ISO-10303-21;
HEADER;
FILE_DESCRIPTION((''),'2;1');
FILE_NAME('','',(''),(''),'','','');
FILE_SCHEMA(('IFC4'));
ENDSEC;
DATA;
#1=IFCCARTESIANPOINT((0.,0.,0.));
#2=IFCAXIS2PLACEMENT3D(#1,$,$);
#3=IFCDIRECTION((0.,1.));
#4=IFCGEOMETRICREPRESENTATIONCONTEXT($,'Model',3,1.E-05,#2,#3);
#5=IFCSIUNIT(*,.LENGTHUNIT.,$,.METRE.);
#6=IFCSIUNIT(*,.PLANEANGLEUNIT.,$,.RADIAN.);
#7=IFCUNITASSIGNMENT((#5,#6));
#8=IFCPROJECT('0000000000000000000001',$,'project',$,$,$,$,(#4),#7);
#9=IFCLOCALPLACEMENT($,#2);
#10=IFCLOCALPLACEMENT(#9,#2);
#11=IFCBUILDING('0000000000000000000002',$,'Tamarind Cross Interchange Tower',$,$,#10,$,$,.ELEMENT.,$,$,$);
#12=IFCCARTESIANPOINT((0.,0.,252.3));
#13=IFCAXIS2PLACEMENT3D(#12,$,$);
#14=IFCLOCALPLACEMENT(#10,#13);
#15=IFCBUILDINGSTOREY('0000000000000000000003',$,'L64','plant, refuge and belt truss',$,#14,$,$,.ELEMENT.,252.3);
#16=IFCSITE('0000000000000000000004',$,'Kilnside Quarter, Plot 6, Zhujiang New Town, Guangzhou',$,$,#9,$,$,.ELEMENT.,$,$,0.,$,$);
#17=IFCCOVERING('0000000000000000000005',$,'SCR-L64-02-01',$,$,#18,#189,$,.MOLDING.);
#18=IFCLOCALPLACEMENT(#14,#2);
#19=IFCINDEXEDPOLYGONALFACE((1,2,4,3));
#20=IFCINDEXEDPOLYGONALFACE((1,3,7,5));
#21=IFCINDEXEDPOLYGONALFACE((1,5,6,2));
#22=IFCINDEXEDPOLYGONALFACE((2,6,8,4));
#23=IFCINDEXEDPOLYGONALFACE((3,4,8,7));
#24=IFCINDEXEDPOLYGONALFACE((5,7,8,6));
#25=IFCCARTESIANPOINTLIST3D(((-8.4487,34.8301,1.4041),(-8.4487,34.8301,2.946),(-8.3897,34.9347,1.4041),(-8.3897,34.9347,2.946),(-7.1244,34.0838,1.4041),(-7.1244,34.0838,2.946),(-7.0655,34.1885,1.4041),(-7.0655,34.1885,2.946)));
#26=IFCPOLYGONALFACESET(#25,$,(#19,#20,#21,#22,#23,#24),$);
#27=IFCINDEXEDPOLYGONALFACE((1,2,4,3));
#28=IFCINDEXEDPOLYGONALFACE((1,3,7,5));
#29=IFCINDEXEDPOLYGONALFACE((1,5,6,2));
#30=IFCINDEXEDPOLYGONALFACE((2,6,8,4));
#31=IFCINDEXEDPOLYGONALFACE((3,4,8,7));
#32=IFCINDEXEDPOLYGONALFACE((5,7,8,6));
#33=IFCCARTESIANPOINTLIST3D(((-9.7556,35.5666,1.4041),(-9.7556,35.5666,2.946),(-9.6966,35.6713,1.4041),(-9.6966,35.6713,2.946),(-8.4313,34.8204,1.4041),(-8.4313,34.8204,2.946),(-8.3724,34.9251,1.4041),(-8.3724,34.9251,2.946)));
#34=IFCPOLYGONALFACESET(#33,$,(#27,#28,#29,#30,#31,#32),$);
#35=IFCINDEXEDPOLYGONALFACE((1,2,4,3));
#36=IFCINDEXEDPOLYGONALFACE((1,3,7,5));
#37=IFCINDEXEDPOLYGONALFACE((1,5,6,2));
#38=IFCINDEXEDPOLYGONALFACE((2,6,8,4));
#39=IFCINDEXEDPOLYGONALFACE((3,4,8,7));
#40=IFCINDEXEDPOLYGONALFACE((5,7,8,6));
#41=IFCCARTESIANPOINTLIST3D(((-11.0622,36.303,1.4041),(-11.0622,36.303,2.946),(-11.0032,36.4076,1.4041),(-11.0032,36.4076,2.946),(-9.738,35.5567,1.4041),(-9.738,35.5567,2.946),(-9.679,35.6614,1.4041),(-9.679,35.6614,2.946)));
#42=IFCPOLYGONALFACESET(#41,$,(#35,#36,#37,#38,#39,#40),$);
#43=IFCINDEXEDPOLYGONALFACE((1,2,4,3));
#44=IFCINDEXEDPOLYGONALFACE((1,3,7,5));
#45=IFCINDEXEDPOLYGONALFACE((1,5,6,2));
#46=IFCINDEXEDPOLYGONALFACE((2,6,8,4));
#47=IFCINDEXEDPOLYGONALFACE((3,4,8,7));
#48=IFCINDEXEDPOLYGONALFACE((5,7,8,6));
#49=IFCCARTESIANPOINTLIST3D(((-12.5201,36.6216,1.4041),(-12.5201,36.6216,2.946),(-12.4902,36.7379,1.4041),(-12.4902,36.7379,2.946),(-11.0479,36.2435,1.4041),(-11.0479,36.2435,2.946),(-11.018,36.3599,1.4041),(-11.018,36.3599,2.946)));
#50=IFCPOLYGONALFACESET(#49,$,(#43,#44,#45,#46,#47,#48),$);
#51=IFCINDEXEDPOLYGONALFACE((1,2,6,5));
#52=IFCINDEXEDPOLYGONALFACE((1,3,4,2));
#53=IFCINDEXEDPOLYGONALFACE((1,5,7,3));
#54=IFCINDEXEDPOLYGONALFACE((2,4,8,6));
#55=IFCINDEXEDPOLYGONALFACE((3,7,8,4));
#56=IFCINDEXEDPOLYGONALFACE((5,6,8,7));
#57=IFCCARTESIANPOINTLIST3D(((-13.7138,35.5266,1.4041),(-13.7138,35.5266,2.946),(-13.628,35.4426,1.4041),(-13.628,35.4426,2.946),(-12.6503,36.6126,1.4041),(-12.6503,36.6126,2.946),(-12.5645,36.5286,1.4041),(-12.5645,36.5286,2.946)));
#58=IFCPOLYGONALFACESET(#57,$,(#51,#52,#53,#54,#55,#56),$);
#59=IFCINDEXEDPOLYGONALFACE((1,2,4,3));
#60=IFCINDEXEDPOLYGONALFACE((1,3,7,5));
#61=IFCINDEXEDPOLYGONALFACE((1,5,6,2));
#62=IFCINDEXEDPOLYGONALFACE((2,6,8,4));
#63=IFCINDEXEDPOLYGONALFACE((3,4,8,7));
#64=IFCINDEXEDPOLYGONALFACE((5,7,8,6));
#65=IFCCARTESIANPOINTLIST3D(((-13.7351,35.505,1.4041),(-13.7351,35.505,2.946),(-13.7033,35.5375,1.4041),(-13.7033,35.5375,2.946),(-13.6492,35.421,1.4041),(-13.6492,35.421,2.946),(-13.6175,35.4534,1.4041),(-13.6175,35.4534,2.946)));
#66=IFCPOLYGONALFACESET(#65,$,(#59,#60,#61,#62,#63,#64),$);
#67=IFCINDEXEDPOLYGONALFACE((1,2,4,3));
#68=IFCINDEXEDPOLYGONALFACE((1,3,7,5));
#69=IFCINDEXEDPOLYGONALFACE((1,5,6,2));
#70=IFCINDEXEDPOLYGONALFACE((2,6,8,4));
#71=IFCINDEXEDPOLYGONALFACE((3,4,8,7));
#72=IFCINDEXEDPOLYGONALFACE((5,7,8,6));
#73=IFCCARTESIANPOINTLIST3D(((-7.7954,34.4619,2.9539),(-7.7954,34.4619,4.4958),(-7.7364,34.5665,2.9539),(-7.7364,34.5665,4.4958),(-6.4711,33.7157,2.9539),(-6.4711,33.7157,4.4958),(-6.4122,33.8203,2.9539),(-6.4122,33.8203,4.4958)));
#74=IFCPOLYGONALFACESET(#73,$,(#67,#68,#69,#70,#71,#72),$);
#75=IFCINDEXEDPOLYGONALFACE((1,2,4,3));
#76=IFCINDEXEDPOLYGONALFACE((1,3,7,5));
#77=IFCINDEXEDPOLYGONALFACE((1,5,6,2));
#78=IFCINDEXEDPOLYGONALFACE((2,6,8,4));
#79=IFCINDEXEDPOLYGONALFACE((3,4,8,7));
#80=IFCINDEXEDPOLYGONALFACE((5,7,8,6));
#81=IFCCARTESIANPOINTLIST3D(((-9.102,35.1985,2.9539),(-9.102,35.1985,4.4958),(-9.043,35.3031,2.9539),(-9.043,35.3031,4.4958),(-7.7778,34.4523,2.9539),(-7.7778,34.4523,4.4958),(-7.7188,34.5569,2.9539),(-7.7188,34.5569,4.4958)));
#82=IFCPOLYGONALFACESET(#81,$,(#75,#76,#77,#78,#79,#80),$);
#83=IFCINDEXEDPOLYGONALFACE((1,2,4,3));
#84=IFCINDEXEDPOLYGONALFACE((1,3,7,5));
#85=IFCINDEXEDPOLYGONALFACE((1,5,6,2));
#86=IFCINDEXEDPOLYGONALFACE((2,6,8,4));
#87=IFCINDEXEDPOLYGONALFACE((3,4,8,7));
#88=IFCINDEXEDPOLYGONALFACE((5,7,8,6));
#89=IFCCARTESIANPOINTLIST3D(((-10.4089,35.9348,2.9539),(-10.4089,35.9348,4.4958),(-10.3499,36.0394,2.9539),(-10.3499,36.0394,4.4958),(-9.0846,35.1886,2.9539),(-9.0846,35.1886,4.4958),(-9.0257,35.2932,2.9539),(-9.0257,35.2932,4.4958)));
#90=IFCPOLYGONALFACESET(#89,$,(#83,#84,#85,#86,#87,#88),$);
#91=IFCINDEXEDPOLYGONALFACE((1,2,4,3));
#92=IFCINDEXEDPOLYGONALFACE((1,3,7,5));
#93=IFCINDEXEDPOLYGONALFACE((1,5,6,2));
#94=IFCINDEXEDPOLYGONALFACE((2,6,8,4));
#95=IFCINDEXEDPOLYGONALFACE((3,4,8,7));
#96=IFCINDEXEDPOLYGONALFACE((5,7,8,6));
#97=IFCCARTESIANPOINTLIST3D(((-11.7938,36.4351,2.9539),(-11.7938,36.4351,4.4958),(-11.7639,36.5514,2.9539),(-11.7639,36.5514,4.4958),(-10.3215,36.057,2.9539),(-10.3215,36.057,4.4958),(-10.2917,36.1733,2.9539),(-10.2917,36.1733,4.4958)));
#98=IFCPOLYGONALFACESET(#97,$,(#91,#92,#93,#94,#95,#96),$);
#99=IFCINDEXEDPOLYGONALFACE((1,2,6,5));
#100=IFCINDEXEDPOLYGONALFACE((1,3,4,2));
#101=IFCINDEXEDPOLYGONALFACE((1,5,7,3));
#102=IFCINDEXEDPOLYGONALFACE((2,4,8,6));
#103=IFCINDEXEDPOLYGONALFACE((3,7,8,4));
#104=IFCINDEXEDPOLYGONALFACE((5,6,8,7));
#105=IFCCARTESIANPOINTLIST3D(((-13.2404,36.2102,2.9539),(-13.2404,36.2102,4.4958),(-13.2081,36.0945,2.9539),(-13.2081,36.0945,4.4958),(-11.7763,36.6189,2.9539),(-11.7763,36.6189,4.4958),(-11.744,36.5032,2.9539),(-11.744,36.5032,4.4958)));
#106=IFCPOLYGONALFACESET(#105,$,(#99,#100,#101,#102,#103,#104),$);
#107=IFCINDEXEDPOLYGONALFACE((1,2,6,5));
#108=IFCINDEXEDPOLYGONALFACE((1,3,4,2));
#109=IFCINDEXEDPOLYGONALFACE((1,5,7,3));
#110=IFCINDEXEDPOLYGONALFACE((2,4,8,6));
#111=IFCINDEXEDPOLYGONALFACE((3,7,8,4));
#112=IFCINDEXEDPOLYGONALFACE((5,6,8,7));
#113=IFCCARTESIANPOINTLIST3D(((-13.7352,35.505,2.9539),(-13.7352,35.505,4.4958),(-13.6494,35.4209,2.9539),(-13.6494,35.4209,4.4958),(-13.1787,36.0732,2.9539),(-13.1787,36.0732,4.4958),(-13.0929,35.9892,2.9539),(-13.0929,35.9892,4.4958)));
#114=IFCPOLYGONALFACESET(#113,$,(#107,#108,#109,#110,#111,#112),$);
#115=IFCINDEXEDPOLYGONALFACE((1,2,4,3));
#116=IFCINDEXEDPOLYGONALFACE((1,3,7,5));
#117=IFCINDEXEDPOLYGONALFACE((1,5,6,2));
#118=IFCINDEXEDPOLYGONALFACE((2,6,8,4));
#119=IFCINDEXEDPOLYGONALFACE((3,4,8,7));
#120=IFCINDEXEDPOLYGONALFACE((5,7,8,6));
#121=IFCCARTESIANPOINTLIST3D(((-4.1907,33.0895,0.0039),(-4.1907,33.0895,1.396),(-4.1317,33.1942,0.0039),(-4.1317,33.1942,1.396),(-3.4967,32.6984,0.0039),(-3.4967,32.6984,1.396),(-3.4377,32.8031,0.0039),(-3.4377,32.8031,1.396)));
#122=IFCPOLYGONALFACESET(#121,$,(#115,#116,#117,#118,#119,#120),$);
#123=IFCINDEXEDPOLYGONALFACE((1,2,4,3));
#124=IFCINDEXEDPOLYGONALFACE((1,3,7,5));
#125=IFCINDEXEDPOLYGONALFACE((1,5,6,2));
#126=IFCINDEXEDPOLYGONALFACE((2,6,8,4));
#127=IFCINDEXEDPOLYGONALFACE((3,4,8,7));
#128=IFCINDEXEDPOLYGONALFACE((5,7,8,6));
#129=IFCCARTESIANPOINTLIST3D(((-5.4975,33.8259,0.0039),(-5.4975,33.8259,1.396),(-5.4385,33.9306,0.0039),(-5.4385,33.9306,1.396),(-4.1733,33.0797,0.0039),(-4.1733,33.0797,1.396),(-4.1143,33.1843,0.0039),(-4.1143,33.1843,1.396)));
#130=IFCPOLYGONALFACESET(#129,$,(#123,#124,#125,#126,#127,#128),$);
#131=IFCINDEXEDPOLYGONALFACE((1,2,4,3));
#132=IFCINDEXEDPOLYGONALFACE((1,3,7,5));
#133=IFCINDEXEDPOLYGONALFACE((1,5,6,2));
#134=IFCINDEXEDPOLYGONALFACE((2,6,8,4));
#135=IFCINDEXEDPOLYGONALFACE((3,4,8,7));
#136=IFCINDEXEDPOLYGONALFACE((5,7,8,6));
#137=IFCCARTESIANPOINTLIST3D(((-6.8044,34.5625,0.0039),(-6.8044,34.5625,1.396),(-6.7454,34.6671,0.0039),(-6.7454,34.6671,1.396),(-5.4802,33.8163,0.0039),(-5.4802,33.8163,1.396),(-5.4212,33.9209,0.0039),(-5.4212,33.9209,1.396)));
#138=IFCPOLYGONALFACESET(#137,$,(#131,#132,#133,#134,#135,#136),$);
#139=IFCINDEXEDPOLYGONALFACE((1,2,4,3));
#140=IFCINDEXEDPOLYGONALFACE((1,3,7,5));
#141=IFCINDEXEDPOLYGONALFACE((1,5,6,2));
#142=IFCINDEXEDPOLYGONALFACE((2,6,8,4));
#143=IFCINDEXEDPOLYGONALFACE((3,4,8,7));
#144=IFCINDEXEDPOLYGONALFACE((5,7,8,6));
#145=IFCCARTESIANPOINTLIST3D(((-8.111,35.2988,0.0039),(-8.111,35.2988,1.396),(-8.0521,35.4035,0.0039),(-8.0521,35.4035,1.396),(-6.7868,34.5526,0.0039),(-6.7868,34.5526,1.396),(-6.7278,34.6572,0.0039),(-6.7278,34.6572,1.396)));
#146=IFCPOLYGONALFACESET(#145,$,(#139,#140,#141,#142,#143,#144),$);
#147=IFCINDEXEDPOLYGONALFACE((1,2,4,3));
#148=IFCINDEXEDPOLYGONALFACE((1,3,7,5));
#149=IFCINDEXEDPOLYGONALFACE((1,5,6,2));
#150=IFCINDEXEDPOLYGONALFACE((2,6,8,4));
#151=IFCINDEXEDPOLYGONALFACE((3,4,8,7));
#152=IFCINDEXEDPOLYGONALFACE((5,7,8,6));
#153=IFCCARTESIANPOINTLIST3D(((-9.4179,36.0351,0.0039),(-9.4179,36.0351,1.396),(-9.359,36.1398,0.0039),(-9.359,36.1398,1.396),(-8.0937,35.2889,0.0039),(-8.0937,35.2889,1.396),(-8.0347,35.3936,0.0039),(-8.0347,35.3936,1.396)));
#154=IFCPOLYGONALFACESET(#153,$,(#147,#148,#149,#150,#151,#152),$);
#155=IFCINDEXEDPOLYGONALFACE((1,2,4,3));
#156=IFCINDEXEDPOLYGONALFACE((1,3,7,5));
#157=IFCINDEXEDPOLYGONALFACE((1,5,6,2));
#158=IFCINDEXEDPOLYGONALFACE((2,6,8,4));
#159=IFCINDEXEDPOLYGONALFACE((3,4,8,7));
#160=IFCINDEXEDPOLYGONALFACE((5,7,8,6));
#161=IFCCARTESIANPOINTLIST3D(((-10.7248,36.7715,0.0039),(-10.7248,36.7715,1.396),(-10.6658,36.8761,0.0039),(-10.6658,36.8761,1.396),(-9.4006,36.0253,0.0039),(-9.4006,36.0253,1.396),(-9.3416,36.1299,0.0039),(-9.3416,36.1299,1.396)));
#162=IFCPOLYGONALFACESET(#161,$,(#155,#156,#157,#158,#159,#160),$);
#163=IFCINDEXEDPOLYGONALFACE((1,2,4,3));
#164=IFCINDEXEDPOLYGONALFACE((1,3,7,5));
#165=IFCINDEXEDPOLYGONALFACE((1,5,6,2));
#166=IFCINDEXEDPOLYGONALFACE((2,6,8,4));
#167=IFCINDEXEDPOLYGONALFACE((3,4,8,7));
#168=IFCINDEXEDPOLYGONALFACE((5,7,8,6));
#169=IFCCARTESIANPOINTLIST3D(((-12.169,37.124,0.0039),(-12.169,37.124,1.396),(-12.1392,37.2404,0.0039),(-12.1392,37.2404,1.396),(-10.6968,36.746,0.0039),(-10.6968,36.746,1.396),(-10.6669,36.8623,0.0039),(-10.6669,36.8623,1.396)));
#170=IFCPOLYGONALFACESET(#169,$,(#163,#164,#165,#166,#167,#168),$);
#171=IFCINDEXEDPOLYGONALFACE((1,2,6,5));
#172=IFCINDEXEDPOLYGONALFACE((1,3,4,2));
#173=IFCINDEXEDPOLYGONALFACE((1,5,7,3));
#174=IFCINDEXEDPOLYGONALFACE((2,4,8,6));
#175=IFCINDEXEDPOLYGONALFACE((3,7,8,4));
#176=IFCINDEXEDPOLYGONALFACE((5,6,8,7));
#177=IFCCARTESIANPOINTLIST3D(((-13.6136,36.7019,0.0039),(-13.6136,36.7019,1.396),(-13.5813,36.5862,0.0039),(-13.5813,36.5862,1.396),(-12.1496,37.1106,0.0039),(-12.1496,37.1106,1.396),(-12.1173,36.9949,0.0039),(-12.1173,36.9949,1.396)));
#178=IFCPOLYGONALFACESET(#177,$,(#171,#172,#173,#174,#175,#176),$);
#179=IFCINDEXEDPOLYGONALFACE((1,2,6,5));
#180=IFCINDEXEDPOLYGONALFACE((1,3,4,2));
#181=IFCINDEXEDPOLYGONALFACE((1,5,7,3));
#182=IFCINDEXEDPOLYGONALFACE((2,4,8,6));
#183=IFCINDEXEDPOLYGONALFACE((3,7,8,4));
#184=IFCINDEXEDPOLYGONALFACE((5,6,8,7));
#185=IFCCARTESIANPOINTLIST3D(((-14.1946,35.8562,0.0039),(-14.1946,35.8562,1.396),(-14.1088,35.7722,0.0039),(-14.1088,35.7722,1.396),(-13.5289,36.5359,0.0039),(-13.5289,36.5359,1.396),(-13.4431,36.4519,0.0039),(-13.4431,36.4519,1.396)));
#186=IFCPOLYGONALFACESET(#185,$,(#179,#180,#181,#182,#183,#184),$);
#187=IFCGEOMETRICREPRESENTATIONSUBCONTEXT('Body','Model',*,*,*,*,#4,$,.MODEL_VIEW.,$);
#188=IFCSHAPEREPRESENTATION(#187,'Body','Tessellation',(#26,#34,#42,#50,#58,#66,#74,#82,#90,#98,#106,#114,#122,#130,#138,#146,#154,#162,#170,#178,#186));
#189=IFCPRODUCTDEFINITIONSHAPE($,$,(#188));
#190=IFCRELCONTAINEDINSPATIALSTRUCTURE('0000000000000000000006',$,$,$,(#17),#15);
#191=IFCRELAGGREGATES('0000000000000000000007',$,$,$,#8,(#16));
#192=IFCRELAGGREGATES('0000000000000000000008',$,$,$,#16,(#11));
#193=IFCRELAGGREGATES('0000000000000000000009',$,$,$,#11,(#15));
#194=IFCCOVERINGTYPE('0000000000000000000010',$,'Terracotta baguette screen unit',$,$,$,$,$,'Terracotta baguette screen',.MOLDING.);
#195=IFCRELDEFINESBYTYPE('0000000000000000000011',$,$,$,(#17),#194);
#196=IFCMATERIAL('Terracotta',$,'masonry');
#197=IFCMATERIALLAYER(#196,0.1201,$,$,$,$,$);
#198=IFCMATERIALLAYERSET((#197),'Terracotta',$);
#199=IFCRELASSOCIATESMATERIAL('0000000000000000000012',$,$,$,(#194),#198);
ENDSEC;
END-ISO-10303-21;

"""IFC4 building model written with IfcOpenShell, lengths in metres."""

from ifc_helpers import new_model, si_unit, direction, frame, origin, origin_2d, place, context, subcontext, project, spatial, rectangle, extrude, material, layer, layer_set, type_object, element, save


model = new_model("IFC4")

# Units and contexts
model_context = context("Model", 3, precision=1e-05, world=origin(), true_north=direction((0.0, 1.0)))
body_context = subcontext(model_context, "Body", "Model", "MODEL_VIEW")
ifc_project = project(units=[si_unit("LENGTHUNIT", "METRE"), si_unit("PLANEANGLEUNIT", "RADIAN")], contexts=[model_context])

# Site, building, storey
site_placement = place(None, origin())
site = spatial("IfcSite", under=ifc_project, at=site_placement, Name="Kilnside Quarter, Plot 6, Zhujiang New Town, Guangzhou", CompositionType="ELEMENT", RefElevation=0.0)
building_placement = place(site_placement, origin())
building = spatial("IfcBuilding", under=site, at=building_placement, Name="Tamarind Cross Interchange Tower", CompositionType="ELEMENT")
storey_placement = place(building_placement, frame((0.0, 0.0, 252.3)))
storey = spatial("IfcBuildingStorey", under=building, at=storey_placement, Name="L64", Description="plant, refuge and belt truss", CompositionType="ELEMENT", Elevation=252.3)

# Covering
ifc_material_1 = material(Name="Terracotta", Category="masonry")
ifc_layer_1 = layer(ifc_material_1, 0.1201)
ifc_layer_set_1 = layer_set([ifc_layer_1], Name="Terracotta")
covering_type = type_object("IfcCoveringType", Name="Terracotta baguette screen unit", ElementType="Terracotta baguette screen", PredefinedType="MOLDING", material=ifc_layer_set_1)
covering_1_placement = place(storey_placement, origin())
element("IfcCovering", 1, at=covering_1_placement, inside=storey, type_object=covering_type, Name="SCR-L64-02-01", PredefinedType="MOLDING", context=body_context, shape_type="SweptSolid", body=[
    extrude(rectangle(XDim=1.52, YDim=0.1201, at=origin_2d()), frame((-7.7571, 34.5093, 1.4041), z_axis=(0.0, 0.0, 1.0), x_axis=(-0.8712, 0.490928, 0.0)), (0.0, 0.0, 1.0), 1.542),
    extrude(rectangle(XDim=1.52, YDim=0.1201, at=origin_2d()), frame((-9.064, 35.2458, 1.4041), z_axis=(0.0, 0.0, 1.0), x_axis=(-0.8712, 0.490928, 0.0)), (0.0, 0.0, 1.0), 1.542),
    extrude(rectangle(XDim=1.52, YDim=0.1201, at=origin_2d()), frame((-10.3706, 35.9822, 1.4041), z_axis=(0.0, 0.0, 1.0), x_axis=(-0.8712, 0.490928, 0.0)), (0.0, 0.0, 1.0), 1.542),
    extrude(rectangle(XDim=1.52, YDim=0.1201, at=origin_2d()), frame((-11.769, 36.4907, 1.4041), z_axis=(0.0, 0.0, 1.0), x_axis=(-0.968576, 0.248717, 0.0)), (0.0, 0.0, 1.0), 1.542),
    extrude(rectangle(XDim=1.52, YDim=0.1201, at=origin_2d()), frame((-13.1392, 36.0276, 1.4041), z_axis=(0.0, 0.0, 1.0), x_axis=(-0.699683, -0.714453, 0.0)), (0.0, 0.0, 1.0), 1.542),
    extrude(rectangle(XDim=0.0454, YDim=0.1201, at=origin_2d()), frame((-13.6763, 35.4792, 1.4041), z_axis=(0.0, 0.0, 1.0), x_axis=(-0.699683, -0.714453, 0.0)), (0.0, 0.0, 1.0), 1.542),
    extrude(rectangle(XDim=1.52, YDim=0.1201, at=origin_2d()), frame((-7.1038, 34.1411, 2.9539), z_axis=(0.0, 0.0, 1.0), x_axis=(-0.8712, 0.490928, 0.0)), (0.0, 0.0, 1.0), 1.542),
    extrude(rectangle(XDim=1.52, YDim=0.1201, at=origin_2d()), frame((-8.4104, 34.8777, 2.9539), z_axis=(0.0, 0.0, 1.0), x_axis=(-0.8712, 0.490928, 0.0)), (0.0, 0.0, 1.0), 1.542),
    extrude(rectangle(XDim=1.52, YDim=0.1201, at=origin_2d()), frame((-9.7173, 35.614, 2.9539), z_axis=(0.0, 0.0, 1.0), x_axis=(-0.8712, 0.490928, 0.0)), (0.0, 0.0, 1.0), 1.542),
    extrude(rectangle(XDim=1.52, YDim=0.1201, at=origin_2d()), frame((-11.0427, 36.3042, 2.9539), z_axis=(0.0, 0.0, 1.0), x_axis=(-0.968576, 0.248717, 0.0)), (0.0, 0.0, 1.0), 1.542),
    extrude(rectangle(XDim=1.52, YDim=0.1201, at=origin_2d()), frame((-12.4922, 36.3567, 2.9539), z_axis=(0.0, 0.0, 1.0), x_axis=(-0.96317, -0.268893, 0.0)), (0.0, 0.0, 1.0), 1.542),
    extrude(rectangle(XDim=0.7954, YDim=0.1201, at=origin_2d()), frame((-13.4141, 35.7471, 2.9539), z_axis=(0.0, 0.0, 1.0), x_axis=(-0.699683, -0.714453, 0.0)), (0.0, 0.0, 1.0), 1.542),
    extrude(rectangle(XDim=0.7966, YDim=0.1201, at=origin_2d()), frame((-3.8142, 32.9463, 0.0039), z_axis=(0.0, 0.0, 1.0), x_axis=(-0.8712, 0.490928, 0.0)), (0.0, 0.0, 1.0), 1.3921),
    extrude(rectangle(XDim=1.52, YDim=0.1201, at=origin_2d()), frame((-4.8059, 33.5051, 0.0039), z_axis=(0.0, 0.0, 1.0), x_axis=(-0.8712, 0.490928, 0.0)), (0.0, 0.0, 1.0), 1.3921),
    extrude(rectangle(XDim=1.52, YDim=0.1201, at=origin_2d()), frame((-6.1128, 34.2417, 0.0039), z_axis=(0.0, 0.0, 1.0), x_axis=(-0.8712, 0.490928, 0.0)), (0.0, 0.0, 1.0), 1.3921),
    extrude(rectangle(XDim=1.52, YDim=0.1201, at=origin_2d()), frame((-7.4194, 34.978, 0.0039), z_axis=(0.0, 0.0, 1.0), x_axis=(-0.8712, 0.490928, 0.0)), (0.0, 0.0, 1.0), 1.3921),
    extrude(rectangle(XDim=1.52, YDim=0.1201, at=origin_2d()), frame((-8.7263, 35.7144, 0.0039), z_axis=(0.0, 0.0, 1.0), x_axis=(-0.8712, 0.490928, 0.0)), (0.0, 0.0, 1.0), 1.3921),
    extrude(rectangle(XDim=1.52, YDim=0.1201, at=origin_2d()), frame((-10.0332, 36.4507, 0.0039), z_axis=(0.0, 0.0, 1.0), x_axis=(-0.8712, 0.490928, 0.0)), (0.0, 0.0, 1.0), 1.3921),
    extrude(rectangle(XDim=1.52, YDim=0.1201, at=origin_2d()), frame((-11.418, 36.9932, 0.0039), z_axis=(0.0, 0.0, 1.0), x_axis=(-0.968576, 0.248717, 0.0)), (0.0, 0.0, 1.0), 1.3921),
    extrude(rectangle(XDim=1.52, YDim=0.1201, at=origin_2d()), frame((-12.8655, 36.8484, 0.0039), z_axis=(0.0, 0.0, 1.0), x_axis=(-0.96317, -0.268893, 0.0)), (0.0, 0.0, 1.0), 1.3921),
    extrude(rectangle(XDim=0.9514, YDim=0.1201, at=origin_2d()), frame((-13.8188, 36.1541, 0.0039), z_axis=(0.0, 0.0, 1.0), x_axis=(-0.699683, -0.714453, 0.0)), (0.0, 0.0, 1.0), 1.3921),
])

save(model, "model.ifc")
